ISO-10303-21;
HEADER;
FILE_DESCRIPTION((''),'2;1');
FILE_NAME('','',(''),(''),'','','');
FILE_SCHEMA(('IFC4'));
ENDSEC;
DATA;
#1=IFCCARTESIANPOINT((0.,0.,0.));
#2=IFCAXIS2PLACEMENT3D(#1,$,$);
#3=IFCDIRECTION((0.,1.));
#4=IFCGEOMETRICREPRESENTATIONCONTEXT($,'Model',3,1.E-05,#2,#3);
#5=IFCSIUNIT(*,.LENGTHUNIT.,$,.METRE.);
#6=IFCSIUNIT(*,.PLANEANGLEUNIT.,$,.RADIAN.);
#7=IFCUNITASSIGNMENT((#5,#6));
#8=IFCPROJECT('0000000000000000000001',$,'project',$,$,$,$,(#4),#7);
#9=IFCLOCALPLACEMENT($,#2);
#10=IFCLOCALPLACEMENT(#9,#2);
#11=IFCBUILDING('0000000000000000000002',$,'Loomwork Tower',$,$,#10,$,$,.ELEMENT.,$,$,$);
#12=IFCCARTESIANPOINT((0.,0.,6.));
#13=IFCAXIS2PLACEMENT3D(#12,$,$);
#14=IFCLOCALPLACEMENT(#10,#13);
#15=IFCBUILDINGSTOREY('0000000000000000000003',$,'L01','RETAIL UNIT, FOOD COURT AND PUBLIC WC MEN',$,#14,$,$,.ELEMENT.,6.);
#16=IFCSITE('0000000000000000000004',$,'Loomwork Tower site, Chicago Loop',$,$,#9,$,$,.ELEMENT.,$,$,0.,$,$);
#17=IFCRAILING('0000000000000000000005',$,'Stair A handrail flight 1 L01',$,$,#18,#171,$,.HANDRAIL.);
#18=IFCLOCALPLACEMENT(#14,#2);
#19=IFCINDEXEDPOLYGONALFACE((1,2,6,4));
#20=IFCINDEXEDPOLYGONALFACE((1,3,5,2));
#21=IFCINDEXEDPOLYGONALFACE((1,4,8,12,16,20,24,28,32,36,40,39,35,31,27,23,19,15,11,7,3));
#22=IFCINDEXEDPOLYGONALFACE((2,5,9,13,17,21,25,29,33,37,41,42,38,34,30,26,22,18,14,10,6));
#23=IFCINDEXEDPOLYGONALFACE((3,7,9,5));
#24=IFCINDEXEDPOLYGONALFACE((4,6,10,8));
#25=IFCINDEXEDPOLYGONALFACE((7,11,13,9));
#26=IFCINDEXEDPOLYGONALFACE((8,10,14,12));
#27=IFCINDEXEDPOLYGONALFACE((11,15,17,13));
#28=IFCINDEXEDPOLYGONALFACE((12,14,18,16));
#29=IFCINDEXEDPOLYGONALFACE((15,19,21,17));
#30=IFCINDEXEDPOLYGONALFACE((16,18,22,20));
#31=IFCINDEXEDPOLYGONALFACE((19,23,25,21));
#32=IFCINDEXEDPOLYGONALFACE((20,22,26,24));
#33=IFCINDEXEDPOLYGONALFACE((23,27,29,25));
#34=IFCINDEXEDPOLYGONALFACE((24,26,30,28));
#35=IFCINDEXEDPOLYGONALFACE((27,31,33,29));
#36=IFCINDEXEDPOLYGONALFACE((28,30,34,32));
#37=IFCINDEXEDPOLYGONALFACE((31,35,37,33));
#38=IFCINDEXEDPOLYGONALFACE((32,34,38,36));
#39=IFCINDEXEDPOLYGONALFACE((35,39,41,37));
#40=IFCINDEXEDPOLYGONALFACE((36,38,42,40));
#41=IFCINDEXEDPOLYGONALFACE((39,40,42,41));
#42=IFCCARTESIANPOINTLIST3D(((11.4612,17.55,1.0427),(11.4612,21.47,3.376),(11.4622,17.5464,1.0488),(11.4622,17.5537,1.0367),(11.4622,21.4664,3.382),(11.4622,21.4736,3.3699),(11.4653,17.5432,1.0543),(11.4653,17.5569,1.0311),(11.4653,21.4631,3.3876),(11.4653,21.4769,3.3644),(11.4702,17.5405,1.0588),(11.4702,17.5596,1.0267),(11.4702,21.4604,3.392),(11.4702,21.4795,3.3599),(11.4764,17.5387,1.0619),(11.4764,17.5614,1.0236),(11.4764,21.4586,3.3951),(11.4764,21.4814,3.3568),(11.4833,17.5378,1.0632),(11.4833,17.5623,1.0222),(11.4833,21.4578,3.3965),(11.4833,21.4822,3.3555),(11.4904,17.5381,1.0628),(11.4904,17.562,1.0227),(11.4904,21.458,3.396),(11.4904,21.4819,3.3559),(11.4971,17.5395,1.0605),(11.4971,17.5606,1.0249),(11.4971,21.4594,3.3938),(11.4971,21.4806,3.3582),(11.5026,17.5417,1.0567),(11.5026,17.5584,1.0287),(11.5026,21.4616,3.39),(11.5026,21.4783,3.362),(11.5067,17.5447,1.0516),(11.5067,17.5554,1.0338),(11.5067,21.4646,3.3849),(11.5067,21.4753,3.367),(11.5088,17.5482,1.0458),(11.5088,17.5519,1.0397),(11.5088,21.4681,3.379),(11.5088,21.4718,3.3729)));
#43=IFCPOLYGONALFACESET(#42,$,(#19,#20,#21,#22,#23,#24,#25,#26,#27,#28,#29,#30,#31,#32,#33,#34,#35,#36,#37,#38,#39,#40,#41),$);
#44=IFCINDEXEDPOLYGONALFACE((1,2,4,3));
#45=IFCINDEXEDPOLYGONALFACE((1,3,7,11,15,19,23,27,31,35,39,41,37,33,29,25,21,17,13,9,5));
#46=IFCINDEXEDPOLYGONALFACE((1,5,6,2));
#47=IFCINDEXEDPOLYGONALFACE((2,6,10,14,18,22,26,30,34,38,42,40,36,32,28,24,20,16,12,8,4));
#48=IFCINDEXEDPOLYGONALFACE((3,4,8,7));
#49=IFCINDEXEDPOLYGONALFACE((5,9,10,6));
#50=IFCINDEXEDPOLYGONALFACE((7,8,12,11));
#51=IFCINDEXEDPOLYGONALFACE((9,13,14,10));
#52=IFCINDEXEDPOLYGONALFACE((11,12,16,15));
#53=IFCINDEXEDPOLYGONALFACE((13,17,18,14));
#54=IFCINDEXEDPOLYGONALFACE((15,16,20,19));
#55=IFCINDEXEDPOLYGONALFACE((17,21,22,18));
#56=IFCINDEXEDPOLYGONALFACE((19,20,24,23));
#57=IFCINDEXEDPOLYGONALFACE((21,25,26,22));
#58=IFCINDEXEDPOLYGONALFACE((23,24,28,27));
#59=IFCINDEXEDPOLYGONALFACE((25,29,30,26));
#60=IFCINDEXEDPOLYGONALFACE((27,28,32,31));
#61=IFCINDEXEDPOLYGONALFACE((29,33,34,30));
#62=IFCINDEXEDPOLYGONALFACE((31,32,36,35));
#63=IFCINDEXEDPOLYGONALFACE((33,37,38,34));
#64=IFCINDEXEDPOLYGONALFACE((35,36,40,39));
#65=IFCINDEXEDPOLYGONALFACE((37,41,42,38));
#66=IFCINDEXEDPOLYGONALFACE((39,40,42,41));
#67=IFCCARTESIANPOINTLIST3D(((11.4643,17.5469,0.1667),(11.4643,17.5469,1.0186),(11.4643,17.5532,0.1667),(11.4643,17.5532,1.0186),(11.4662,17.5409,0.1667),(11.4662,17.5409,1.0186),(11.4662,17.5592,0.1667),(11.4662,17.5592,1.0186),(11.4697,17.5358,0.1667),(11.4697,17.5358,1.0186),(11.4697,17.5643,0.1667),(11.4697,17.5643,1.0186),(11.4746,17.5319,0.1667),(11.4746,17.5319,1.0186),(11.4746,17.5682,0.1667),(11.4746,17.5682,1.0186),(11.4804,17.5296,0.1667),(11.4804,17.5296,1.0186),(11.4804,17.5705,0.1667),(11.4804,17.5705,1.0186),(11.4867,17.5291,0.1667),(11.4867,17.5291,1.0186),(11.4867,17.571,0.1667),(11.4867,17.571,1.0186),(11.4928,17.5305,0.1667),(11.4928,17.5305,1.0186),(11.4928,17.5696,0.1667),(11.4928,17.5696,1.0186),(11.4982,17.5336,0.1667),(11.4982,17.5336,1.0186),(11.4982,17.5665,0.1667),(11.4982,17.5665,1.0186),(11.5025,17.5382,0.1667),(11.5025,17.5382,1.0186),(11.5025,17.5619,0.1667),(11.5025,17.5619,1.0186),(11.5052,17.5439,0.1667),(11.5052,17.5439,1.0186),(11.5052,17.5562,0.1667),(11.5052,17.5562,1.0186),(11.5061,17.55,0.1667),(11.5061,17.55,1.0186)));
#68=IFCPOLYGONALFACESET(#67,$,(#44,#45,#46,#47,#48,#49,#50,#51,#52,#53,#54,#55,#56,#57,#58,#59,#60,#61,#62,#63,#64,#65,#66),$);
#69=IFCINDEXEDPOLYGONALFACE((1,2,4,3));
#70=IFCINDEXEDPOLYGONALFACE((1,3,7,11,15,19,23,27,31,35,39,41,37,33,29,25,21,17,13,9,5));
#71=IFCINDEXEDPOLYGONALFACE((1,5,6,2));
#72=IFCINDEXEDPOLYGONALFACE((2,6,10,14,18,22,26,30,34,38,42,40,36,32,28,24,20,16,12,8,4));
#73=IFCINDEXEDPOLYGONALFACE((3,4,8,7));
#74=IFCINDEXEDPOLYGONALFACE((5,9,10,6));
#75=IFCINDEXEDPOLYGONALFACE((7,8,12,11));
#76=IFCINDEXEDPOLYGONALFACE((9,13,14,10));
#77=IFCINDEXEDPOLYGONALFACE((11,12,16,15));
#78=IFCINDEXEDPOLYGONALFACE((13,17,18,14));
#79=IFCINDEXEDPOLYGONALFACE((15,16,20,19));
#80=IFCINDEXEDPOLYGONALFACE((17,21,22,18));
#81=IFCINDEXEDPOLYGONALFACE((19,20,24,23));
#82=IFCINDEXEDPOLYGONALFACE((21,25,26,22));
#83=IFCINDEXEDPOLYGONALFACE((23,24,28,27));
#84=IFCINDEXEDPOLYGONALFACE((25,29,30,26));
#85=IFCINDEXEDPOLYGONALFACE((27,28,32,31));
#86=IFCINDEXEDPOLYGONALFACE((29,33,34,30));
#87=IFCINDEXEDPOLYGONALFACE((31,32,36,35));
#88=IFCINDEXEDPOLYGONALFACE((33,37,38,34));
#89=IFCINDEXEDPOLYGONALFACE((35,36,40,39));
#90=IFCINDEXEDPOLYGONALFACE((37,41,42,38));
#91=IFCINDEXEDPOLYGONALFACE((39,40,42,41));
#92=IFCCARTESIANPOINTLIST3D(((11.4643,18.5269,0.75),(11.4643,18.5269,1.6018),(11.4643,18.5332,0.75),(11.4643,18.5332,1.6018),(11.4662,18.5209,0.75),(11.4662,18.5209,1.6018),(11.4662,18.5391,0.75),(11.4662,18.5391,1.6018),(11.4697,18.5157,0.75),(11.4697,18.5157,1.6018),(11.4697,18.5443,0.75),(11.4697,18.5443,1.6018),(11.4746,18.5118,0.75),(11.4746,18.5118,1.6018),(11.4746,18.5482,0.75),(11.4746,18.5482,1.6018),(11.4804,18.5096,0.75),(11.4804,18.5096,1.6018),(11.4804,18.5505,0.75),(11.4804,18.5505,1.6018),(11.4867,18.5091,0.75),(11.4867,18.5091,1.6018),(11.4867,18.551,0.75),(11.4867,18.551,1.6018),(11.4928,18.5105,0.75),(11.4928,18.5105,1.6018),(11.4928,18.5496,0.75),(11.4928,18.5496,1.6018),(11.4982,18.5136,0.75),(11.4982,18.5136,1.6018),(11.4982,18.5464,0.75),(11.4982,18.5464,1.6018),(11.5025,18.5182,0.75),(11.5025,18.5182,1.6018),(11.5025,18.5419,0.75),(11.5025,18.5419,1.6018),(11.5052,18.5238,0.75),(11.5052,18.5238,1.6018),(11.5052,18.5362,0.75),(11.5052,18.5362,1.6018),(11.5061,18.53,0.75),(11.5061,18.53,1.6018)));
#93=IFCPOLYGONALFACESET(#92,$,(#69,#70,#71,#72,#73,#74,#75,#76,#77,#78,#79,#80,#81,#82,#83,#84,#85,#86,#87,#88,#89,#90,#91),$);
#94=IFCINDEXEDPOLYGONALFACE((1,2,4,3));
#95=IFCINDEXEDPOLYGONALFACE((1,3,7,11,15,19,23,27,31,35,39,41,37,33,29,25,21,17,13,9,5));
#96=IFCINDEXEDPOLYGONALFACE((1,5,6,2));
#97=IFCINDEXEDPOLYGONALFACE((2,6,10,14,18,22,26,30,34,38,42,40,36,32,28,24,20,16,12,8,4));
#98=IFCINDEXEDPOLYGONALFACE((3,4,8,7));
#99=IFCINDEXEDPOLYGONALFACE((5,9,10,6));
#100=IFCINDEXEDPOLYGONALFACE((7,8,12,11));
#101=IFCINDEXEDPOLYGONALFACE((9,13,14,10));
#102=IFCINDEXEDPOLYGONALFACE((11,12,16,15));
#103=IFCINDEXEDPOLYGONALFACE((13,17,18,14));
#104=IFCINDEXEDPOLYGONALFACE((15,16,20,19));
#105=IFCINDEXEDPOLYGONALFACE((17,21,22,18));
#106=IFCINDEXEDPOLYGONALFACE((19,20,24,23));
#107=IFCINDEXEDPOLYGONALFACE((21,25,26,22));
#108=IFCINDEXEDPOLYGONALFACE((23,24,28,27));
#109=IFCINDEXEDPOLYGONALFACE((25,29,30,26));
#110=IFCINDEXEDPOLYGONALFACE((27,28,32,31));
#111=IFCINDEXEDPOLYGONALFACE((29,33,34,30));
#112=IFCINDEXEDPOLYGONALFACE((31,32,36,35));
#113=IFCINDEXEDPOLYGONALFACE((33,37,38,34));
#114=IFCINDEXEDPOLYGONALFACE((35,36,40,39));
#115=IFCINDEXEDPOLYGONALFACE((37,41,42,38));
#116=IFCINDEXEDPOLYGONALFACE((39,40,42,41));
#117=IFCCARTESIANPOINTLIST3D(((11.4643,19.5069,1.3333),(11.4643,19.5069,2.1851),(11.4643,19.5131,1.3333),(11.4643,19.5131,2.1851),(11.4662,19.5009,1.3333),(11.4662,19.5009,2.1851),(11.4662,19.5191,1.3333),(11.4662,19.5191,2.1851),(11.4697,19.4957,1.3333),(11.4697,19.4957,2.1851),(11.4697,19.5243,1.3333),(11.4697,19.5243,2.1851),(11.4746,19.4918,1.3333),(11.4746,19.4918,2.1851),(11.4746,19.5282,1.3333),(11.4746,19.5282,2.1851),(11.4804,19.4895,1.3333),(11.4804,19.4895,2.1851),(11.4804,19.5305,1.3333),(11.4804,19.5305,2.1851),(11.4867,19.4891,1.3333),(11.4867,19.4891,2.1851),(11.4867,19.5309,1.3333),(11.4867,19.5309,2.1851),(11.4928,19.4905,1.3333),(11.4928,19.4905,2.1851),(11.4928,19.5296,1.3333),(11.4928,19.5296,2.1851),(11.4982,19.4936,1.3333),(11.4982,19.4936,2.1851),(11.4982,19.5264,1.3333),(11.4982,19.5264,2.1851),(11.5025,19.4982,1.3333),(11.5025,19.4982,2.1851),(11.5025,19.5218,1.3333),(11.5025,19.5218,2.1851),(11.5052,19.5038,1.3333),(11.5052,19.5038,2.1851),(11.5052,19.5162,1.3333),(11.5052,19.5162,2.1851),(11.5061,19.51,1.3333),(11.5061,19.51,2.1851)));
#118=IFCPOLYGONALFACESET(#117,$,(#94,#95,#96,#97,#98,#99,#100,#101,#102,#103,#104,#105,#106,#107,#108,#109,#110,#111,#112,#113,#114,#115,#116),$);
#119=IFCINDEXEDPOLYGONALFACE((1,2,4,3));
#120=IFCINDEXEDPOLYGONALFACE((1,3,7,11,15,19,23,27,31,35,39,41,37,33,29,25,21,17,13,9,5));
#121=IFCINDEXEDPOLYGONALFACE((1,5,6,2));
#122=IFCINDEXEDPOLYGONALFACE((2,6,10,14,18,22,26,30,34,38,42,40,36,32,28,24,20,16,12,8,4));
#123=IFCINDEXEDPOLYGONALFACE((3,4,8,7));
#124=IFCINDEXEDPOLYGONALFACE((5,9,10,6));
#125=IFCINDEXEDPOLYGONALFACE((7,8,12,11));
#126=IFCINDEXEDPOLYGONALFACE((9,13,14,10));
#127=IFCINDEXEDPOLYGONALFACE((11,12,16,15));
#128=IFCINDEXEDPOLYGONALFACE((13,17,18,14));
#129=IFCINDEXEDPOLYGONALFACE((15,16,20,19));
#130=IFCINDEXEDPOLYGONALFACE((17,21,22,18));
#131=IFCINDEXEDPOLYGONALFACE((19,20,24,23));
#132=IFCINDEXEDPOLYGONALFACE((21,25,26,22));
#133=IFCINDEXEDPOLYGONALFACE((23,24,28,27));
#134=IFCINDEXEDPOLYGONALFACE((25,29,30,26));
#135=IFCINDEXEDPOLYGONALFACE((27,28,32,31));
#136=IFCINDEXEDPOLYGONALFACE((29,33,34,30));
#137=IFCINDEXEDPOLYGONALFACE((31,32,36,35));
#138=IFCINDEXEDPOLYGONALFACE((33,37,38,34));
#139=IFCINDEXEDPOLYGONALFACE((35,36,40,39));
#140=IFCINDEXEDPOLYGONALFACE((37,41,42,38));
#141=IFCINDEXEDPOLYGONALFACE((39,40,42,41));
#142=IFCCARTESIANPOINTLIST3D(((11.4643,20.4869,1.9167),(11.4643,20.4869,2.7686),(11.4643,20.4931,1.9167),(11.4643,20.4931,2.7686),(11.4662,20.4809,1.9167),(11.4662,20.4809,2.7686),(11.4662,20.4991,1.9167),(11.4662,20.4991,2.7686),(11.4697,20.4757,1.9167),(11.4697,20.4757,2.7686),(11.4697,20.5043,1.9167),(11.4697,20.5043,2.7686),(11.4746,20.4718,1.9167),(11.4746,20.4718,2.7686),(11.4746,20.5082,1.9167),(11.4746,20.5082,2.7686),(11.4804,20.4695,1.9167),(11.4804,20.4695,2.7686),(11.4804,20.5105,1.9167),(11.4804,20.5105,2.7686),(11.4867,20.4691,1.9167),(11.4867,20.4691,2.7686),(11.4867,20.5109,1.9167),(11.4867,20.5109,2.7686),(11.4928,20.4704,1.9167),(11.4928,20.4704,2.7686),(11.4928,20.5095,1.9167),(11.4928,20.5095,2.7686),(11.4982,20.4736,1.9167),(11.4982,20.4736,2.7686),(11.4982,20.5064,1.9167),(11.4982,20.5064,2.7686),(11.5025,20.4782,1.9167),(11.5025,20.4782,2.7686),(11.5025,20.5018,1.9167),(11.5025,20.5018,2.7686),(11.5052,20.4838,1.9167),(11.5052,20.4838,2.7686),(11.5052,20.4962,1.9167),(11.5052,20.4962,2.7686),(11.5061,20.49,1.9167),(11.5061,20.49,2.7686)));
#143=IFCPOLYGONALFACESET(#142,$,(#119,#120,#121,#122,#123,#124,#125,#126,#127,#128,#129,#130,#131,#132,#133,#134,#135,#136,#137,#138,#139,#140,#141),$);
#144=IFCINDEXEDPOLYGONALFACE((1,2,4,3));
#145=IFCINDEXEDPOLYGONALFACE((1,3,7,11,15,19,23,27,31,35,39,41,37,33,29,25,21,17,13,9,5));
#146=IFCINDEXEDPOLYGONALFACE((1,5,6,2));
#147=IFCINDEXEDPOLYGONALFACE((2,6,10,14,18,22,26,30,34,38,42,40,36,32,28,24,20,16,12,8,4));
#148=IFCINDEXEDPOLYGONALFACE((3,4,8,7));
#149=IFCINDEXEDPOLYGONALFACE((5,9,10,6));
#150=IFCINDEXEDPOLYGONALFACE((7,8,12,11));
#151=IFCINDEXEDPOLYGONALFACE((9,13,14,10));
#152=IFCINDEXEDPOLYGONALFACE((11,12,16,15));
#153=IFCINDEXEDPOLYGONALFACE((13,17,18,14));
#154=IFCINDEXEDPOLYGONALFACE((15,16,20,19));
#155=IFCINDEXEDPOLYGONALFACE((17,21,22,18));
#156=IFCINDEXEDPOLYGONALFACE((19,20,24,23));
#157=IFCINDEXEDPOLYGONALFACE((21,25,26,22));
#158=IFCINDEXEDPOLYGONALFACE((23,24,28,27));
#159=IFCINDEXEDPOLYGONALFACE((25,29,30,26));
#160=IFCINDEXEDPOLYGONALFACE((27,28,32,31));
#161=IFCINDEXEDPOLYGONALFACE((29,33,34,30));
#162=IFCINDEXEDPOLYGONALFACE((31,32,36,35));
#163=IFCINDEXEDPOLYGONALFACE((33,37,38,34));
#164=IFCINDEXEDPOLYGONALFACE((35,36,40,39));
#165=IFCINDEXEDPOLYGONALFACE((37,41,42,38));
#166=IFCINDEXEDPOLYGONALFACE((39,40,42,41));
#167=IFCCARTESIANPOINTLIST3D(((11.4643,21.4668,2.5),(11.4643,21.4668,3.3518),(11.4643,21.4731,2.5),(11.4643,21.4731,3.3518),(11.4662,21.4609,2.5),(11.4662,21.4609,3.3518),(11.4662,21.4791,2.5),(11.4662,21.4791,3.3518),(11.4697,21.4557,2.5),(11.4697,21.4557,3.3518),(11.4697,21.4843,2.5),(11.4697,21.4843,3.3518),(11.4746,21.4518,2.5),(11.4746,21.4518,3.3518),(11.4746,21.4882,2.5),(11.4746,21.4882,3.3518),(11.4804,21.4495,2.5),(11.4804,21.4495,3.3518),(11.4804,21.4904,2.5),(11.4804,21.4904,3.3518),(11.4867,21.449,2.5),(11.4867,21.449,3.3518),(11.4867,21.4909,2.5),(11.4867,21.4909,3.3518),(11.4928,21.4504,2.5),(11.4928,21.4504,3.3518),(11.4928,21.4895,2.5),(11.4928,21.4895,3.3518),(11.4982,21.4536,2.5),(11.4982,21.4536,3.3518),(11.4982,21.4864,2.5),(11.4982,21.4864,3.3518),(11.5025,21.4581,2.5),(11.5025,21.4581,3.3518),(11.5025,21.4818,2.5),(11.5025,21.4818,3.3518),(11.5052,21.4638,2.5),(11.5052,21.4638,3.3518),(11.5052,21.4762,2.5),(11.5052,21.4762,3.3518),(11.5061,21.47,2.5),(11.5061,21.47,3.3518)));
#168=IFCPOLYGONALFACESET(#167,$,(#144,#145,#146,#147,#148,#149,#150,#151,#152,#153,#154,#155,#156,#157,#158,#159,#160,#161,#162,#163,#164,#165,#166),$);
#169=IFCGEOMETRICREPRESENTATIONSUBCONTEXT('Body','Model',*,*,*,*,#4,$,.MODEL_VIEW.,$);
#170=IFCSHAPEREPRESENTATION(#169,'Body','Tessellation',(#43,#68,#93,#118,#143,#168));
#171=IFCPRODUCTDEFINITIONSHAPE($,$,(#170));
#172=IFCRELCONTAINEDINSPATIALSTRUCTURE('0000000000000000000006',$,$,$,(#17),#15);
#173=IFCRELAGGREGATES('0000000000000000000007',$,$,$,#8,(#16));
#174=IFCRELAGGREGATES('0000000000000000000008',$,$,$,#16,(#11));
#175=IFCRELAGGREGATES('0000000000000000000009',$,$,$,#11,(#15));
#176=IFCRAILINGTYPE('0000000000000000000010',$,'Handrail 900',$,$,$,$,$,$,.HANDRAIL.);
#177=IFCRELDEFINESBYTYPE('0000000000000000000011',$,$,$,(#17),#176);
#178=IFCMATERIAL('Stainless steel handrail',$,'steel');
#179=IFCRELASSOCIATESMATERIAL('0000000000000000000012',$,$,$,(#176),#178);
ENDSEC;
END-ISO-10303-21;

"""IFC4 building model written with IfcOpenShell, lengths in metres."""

from ifc_helpers import new_model, si_unit, direction, frame, origin, origin_2d, place, context, subcontext, project, spatial, circle, extrude, material, type_object, element, save


model = new_model("IFC4")

# Units and contexts
model_context = context("Model", 3, precision=1e-05, world=origin(), true_north=direction((0.0, 1.0)))
body_context = subcontext(model_context, "Body", "Model", "MODEL_VIEW")
ifc_project = project(units=[si_unit("LENGTHUNIT", "METRE"), si_unit("PLANEANGLEUNIT", "RADIAN")], contexts=[model_context])

# Site, building, storey
site_placement = place(None, origin())
site = spatial("IfcSite", under=ifc_project, at=site_placement, Name="Loomwork Tower site, Chicago Loop", CompositionType="ELEMENT", RefElevation=0.0)
building_placement = place(site_placement, origin())
building = spatial("IfcBuilding", under=site, at=building_placement, Name="Loomwork Tower", CompositionType="ELEMENT")
storey_placement = place(building_placement, frame((0.0, 0.0, 6.0)))
storey = spatial("IfcBuildingStorey", under=building, at=storey_placement, Name="L01", Description="RETAIL UNIT, FOOD COURT AND PUBLIC WC MEN", CompositionType="ELEMENT", Elevation=6.0)

# Railing
ifc_material_1 = material(Name="Stainless steel handrail", Category="steel")
railing_type = type_object("IfcRailingType", Name="Handrail 900", PredefinedType="HANDRAIL", material=ifc_material_1)
railing_1_placement = place(storey_placement, frame((11.4851, 17.55, 0.1667)))
element("IfcRailing", 1, at=railing_1_placement, inside=storey, type_object=railing_type, Name="Stair A handrail flight 1 L01", PredefinedType="HANDRAIL", context=body_context, shape_type="SweptSolid", body=[
    extrude(circle(Radius=0.0239, at=origin_2d()), frame((0.0, 0.0, 0.876), z_axis=(0.0, 0.859296, 0.511478), x_axis=(-1.0, 0.0, 0.0)), (0.0, 0.0, 1.0), 4.5618),
    extrude(circle(Radius=0.021, at=origin_2d()), origin(), (0.0, 0.0, 1.0), 0.8518),
    extrude(circle(Radius=0.021, at=origin_2d()), frame((0.0, 0.98, 0.5833)), (0.0, 0.0, 1.0), 0.8518),
    extrude(circle(Radius=0.021, at=origin_2d()), frame((0.0, 1.96, 1.1665)), (0.0, 0.0, 1.0), 0.8518),
    extrude(circle(Radius=0.021, at=origin_2d()), frame((0.0, 2.9399, 1.75)), (0.0, 0.0, 1.0), 0.8518),
    extrude(circle(Radius=0.021, at=origin_2d()), frame((0.0, 3.9199, 2.3333)), (0.0, 0.0, 1.0), 0.8518),
])

save(model, "model.ifc")
